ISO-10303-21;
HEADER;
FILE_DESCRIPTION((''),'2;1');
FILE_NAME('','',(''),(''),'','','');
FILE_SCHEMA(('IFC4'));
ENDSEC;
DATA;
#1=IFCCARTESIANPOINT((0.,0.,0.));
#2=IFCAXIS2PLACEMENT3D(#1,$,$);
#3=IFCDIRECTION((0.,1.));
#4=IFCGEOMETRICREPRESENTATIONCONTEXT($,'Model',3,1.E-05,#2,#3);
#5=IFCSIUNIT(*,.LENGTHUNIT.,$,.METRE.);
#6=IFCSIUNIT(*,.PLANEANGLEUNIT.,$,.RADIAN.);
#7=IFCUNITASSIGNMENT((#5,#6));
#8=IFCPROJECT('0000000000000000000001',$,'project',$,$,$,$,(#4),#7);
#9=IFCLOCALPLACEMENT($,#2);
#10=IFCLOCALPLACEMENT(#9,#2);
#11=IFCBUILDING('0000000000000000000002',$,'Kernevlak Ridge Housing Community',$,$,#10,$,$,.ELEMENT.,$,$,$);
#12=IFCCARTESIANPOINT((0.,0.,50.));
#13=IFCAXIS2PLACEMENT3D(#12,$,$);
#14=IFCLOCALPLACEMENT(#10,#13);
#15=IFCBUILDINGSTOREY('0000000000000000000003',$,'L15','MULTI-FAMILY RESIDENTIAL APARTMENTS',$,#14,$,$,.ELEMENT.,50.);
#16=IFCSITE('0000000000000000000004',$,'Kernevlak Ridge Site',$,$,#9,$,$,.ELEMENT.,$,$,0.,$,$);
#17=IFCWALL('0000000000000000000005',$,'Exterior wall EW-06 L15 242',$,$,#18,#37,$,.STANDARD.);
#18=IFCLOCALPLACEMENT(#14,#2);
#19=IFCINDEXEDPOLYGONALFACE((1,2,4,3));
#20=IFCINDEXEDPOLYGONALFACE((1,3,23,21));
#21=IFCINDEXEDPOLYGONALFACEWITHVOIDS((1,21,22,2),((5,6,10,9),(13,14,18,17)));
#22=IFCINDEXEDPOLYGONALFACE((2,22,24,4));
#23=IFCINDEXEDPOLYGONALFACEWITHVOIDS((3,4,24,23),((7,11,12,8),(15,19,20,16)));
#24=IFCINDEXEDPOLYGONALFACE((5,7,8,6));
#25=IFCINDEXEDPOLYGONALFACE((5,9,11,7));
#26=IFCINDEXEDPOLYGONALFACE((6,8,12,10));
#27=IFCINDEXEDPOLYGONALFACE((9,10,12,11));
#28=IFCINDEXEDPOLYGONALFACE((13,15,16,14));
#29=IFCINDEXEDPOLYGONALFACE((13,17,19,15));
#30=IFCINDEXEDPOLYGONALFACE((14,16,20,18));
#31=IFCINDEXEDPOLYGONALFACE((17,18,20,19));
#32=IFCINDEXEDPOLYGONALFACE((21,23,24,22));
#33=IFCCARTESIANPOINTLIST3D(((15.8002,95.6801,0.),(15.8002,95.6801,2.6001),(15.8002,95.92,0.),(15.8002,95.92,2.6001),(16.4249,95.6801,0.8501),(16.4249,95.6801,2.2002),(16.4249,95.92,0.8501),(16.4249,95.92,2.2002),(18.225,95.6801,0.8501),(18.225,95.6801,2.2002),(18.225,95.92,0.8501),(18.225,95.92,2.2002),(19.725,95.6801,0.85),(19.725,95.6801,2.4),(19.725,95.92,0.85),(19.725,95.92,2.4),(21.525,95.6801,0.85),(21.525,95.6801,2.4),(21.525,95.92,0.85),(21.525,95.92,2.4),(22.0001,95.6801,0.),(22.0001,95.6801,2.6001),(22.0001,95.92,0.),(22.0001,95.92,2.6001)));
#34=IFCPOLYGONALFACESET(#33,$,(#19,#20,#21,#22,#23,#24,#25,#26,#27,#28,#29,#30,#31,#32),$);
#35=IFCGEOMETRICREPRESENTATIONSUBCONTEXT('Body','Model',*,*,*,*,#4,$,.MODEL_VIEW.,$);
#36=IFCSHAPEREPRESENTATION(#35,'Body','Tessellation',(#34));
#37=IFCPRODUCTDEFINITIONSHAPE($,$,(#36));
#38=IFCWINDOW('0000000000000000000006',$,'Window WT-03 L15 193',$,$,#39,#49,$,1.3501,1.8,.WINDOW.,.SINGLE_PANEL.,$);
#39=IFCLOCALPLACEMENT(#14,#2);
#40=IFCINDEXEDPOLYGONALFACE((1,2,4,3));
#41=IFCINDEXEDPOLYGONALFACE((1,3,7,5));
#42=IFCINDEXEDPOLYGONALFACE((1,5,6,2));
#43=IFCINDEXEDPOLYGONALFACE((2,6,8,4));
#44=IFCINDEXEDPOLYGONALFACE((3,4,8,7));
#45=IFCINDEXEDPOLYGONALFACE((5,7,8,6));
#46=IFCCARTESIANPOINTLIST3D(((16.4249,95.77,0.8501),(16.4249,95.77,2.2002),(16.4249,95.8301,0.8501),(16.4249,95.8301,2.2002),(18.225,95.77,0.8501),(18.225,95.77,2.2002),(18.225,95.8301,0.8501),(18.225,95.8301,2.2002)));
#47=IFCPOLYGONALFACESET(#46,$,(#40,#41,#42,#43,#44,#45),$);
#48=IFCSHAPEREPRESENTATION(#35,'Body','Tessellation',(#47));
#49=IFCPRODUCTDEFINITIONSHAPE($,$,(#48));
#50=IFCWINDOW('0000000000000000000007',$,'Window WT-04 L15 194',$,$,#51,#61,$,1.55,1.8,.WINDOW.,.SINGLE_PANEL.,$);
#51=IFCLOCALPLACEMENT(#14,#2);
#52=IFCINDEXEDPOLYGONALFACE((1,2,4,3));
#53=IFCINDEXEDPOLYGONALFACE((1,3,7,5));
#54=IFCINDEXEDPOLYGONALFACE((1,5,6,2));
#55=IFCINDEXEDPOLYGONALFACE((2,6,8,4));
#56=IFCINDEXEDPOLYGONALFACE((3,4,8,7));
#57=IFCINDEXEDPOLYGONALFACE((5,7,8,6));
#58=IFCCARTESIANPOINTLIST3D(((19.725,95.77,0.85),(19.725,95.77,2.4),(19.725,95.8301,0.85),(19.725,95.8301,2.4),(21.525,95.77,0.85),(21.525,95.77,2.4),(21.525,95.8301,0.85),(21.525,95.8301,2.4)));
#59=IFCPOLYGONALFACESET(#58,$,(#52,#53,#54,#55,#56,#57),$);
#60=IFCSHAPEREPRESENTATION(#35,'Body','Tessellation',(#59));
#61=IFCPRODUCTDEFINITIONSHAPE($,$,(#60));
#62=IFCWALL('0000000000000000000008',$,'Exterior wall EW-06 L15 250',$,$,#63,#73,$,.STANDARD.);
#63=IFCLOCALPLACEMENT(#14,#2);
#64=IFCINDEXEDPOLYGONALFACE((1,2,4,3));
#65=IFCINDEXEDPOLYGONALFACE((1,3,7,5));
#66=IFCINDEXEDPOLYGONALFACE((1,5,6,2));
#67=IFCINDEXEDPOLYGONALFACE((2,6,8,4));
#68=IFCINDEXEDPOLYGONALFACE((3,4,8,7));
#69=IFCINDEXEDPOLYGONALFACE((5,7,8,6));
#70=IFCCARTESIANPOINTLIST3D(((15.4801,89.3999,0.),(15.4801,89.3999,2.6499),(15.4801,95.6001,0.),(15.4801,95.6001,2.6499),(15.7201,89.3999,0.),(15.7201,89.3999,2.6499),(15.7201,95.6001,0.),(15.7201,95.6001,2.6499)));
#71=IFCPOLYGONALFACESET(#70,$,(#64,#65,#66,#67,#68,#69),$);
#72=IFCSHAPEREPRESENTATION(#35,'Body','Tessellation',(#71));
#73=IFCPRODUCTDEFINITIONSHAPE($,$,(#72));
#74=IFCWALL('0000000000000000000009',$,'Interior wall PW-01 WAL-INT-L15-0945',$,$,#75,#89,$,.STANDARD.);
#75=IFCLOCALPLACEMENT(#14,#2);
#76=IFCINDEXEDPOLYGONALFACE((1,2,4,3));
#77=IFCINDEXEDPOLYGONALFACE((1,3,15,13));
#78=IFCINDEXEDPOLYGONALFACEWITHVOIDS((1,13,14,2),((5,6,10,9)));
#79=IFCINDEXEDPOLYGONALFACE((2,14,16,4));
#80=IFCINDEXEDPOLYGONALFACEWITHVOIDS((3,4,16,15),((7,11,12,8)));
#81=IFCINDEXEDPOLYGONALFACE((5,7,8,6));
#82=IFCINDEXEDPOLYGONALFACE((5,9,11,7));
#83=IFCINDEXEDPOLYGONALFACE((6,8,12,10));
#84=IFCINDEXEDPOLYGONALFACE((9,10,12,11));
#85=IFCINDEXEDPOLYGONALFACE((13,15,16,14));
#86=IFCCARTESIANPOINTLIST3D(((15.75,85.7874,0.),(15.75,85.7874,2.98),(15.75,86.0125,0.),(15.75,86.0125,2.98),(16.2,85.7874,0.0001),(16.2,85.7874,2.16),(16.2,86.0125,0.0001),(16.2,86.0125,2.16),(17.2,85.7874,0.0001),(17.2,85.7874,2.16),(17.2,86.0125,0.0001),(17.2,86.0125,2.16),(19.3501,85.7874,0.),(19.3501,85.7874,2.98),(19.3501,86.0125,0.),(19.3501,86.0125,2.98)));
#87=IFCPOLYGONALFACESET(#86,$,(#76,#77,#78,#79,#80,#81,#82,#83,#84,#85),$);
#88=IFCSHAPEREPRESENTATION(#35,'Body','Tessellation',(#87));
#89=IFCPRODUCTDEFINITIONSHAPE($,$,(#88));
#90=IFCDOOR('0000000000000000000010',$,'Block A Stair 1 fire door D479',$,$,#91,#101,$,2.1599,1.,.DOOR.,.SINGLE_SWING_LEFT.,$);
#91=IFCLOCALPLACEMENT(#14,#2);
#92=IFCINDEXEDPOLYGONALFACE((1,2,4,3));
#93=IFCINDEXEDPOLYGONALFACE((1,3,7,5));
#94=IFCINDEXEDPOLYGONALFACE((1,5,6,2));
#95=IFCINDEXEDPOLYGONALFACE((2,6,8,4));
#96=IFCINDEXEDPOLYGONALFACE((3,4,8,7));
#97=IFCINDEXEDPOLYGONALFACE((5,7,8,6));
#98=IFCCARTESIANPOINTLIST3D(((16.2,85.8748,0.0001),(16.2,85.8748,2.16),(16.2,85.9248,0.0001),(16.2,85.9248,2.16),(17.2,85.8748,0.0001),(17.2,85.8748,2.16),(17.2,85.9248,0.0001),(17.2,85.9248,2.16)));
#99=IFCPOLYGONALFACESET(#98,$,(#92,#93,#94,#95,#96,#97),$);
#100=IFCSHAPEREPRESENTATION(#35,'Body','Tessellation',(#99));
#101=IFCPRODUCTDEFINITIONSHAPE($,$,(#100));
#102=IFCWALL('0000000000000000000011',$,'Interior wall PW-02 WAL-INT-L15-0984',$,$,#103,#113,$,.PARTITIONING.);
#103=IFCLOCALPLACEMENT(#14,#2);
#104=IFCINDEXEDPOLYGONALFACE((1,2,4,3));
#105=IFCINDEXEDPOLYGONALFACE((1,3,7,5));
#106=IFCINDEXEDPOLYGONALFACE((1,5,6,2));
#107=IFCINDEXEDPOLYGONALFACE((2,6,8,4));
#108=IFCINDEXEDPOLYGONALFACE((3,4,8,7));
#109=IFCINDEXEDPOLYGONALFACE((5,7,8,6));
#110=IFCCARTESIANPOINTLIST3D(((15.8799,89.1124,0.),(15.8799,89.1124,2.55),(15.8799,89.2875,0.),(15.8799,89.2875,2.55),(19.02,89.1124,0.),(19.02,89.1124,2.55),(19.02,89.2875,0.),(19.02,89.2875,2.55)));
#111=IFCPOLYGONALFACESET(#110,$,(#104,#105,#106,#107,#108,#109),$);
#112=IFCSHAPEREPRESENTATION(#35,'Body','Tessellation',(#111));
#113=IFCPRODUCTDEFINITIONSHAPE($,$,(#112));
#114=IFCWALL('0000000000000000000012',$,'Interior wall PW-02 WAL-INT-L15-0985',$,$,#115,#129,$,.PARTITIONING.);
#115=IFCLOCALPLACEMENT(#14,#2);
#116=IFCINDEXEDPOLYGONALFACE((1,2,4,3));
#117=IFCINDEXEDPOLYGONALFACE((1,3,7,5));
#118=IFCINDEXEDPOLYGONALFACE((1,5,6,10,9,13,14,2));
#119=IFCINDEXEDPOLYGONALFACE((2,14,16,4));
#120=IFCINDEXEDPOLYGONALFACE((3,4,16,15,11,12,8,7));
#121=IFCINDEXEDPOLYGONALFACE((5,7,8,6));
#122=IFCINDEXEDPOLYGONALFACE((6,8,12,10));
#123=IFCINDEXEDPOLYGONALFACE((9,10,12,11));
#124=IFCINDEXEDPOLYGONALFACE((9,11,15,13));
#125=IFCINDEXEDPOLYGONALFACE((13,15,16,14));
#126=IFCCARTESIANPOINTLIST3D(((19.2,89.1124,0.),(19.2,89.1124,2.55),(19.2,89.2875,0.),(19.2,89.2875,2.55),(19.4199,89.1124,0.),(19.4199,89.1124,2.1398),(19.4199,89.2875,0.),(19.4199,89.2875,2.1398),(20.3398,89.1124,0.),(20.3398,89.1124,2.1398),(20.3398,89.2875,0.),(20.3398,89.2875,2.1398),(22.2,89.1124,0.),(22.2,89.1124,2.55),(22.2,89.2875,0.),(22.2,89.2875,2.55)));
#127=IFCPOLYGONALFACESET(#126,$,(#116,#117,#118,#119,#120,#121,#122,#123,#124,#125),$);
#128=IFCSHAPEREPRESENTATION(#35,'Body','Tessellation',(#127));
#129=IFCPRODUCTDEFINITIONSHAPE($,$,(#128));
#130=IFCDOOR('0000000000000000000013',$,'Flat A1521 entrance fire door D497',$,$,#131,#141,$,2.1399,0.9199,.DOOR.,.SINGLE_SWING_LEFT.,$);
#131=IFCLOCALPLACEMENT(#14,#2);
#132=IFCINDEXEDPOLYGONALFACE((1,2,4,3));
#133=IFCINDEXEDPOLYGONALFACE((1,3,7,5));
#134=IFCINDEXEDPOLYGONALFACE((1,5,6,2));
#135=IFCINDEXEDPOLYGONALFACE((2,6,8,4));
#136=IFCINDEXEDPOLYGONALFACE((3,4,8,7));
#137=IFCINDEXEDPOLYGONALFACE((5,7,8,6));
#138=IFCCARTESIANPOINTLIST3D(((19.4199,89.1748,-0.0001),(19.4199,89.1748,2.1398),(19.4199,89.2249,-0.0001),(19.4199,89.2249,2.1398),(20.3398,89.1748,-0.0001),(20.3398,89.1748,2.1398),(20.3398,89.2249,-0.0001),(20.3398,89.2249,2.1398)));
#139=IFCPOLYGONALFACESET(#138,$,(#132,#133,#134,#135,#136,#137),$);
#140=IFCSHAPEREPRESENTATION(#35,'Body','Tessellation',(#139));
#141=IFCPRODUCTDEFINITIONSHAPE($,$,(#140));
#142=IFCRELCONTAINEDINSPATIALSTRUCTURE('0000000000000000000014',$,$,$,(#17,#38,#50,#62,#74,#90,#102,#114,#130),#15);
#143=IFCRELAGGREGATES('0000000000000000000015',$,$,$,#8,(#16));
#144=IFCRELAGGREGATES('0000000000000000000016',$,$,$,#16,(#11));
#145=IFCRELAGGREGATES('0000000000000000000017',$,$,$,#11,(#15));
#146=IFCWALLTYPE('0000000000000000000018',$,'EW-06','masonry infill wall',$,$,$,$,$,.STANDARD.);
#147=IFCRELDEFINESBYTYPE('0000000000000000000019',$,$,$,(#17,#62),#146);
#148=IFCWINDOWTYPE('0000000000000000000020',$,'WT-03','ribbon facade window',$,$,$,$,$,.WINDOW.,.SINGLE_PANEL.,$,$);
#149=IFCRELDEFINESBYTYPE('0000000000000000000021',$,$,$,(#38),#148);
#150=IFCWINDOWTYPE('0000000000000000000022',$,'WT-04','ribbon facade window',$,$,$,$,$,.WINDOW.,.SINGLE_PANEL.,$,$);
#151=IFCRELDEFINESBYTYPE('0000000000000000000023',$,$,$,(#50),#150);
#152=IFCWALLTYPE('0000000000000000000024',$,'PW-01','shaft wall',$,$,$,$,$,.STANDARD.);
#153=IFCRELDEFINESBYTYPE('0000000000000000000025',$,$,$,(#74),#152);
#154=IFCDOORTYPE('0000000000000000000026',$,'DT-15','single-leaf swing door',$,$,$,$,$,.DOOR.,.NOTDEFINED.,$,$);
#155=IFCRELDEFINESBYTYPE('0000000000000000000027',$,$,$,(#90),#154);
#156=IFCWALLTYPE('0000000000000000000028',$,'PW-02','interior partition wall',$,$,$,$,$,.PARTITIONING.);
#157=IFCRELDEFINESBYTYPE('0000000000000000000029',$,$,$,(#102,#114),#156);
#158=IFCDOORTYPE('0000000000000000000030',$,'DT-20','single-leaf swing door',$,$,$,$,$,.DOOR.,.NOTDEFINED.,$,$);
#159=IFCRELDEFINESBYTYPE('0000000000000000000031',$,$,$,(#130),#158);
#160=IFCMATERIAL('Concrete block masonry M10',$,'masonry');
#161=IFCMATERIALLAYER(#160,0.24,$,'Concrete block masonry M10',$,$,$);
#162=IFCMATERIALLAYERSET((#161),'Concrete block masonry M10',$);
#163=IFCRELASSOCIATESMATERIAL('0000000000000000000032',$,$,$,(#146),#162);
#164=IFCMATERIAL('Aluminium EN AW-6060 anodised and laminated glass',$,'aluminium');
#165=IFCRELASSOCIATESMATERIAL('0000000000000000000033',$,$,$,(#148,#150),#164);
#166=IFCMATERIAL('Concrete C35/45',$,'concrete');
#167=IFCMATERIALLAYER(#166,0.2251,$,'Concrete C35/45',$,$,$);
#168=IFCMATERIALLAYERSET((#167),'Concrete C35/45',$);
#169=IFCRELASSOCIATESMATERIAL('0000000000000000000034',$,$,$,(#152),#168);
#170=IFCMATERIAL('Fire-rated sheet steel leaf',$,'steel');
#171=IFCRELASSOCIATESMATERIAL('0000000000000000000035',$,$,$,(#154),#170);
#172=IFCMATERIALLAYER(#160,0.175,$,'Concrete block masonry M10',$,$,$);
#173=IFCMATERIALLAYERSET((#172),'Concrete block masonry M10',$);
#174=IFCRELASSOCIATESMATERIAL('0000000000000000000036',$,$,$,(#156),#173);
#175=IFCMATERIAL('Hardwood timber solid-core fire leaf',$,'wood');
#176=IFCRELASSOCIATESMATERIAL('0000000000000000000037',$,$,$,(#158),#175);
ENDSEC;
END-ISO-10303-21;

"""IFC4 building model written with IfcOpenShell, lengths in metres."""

from ifc_helpers import new_model, si_unit, direction, frame, frame_2d, origin, place, context, subcontext, project, spatial, rectangle, extrude, material, layer, layer_set, type_object, element, fill, save


model = new_model("IFC4")

# Units and contexts
model_context = context("Model", 3, precision=1e-05, world=origin(), true_north=direction((0.0, 1.0)))
body_context = subcontext(model_context, "Body", "Model", "MODEL_VIEW")
ifc_project = project(units=[si_unit("LENGTHUNIT", "METRE"), si_unit("PLANEANGLEUNIT", "RADIAN")], contexts=[model_context])

# Site, building, storey
site_placement = place(None, origin())
site = spatial("IfcSite", under=ifc_project, at=site_placement, Name="Kernevlak Ridge Site", CompositionType="ELEMENT", RefElevation=0.0)
building_placement = place(site_placement, origin())
building = spatial("IfcBuilding", under=site, at=building_placement, Name="Kernevlak Ridge Housing Community", CompositionType="ELEMENT")
storey_placement = place(building_placement, frame((0.0, 0.0, 50.0)))
storey = spatial("IfcBuildingStorey", under=building, at=storey_placement, Name="L15", Description="MULTI-FAMILY RESIDENTIAL APARTMENTS", CompositionType="ELEMENT", Elevation=50.0)

# Shared definitions
ifc_material_1 = material(Name="Concrete C35/45", Category="concrete")

# Shared definitions
ifc_material_2 = material(Name="Aluminium EN AW-6060 anodised and laminated glass", Category="aluminium")

# Wall, openings, windows
ifc_material_3 = material(Name="Concrete block masonry M10", Category="masonry")
ifc_layer_1 = layer(ifc_material_3, 0.24, Name="Concrete block masonry M10")
ifc_layer_set_1 = layer_set([ifc_layer_1], Name="Concrete block masonry M10")
wall_type_1 = type_object("IfcWallType", Name="EW-06", Description="masonry infill wall", PredefinedType="STANDARD", material=ifc_layer_set_1)
wall_1_placement = place(storey_placement, frame((15.8, 95.8, 0.0), z_axis=(0.0, 0.0, 1.0), x_axis=(1.0, 0.0, 0.0)))
wall_1 = element("IfcWall", 1, at=wall_1_placement, inside=storey, type_object=wall_type_1, Name="Exterior wall EW-06 L15 242", PredefinedType="STANDARD", context=body_context, shape_type="SweptSolid", body=[
    extrude(rectangle(XDim=6.2, YDim=0.24, at=frame_2d((3.1001, 0.0))), origin(), (0.0, 0.0, 1.0), 2.6001),
])
opening_1_placement = place(wall_1_placement, frame((0.625, 0.0, 0.8501)))
opening_1 = element("IfcOpeningElement", 2, at=opening_1_placement, cuts=wall_1, PredefinedType="OPENING", context=body_context, shape_type="SweptSolid", body=[
    extrude(rectangle(XDim=1.8, YDim=1.3501, at=frame_2d((0.8999, 0.675))), frame((0.0, 0.1299, 0.0), z_axis=(0.0, -1.0, 0.0), x_axis=(1.0, 0.0, 0.0)), (0.0, 0.0, 1.0), 0.26),
])
opening_2_placement = place(wall_1_placement, frame((3.925, 0.0, 0.8501)))
opening_2 = element("IfcOpeningElement", 3, at=opening_2_placement, cuts=wall_1, PredefinedType="OPENING", context=body_context, shape_type="SweptSolid", body=[
    extrude(rectangle(XDim=1.8, YDim=1.55, at=frame_2d((0.8999, 0.7749))), frame((0.0, 0.1299, 0.0), z_axis=(0.0, -1.0, 0.0), x_axis=(1.0, 0.0, 0.0)), (0.0, 0.0, 1.0), 0.26),
])
window_type_1 = type_object("IfcWindowType", Name="WT-03", Description="ribbon facade window", PartitioningType="SINGLE_PANEL", PredefinedType="WINDOW", material=ifc_material_2)
window_1_placement = place(opening_1_placement, origin())
window_1 = element("IfcWindow", 4, at=window_1_placement, inside=storey, type_object=window_type_1, Name="Window WT-03 L15 193", OverallHeight=1.3501, OverallWidth=1.8, PartitioningType="SINGLE_PANEL", PredefinedType="WINDOW", context=body_context, shape_type="SweptSolid", body=[
    extrude(rectangle(XDim=1.8, YDim=1.3501, at=frame_2d((0.8999, 0.675))), frame((0.0, 0.03, 0.0), z_axis=(0.0, -1.0, 0.0), x_axis=(1.0, 0.0, 0.0)), (0.0, 0.0, 1.0), 0.0601),
])
fill(opening_1, window_1)
window_type_2 = type_object("IfcWindowType", Name="WT-04", Description="ribbon facade window", PartitioningType="SINGLE_PANEL", PredefinedType="WINDOW", material=ifc_material_2)
window_2_placement = place(opening_2_placement, origin())
window_2 = element("IfcWindow", 5, at=window_2_placement, inside=storey, type_object=window_type_2, Name="Window WT-04 L15 194", OverallHeight=1.55, OverallWidth=1.8, PartitioningType="SINGLE_PANEL", PredefinedType="WINDOW", context=body_context, shape_type="SweptSolid", body=[
    extrude(rectangle(XDim=1.8, YDim=1.55, at=frame_2d((0.8999, 0.7749))), frame((0.0, 0.03, 0.0), z_axis=(0.0, -1.0, 0.0), x_axis=(1.0, 0.0, 0.0)), (0.0, 0.0, 1.0), 0.0601),
])
fill(opening_2, window_2)

# Wall
wall_2_placement = place(storey_placement, frame((15.6001, 89.3999, 0.0), z_axis=(0.0, 0.0, 1.0), x_axis=(0.0, 1.0, 0.0)))
element("IfcWall", 6, at=wall_2_placement, inside=storey, type_object=wall_type_1, Name="Exterior wall EW-06 L15 250", PredefinedType="STANDARD", context=body_context, shape_type="SweptSolid", body=[
    extrude(rectangle(XDim=6.2002, YDim=0.24, at=frame_2d((3.1001, 0.0))), origin(), (0.0, 0.0, 1.0), 2.6499),
])

# Wall, opening, door
ifc_layer_2 = layer(ifc_material_1, 0.2251, Name="Concrete C35/45")
ifc_layer_set_2 = layer_set([ifc_layer_2], Name="Concrete C35/45")
wall_type_2 = type_object("IfcWallType", Name="PW-01", Description="shaft wall", PredefinedType="STANDARD", material=ifc_layer_set_2)
wall_3_placement = place(storey_placement, frame((15.75, 85.8999, 0.0), z_axis=(0.0, 0.0, 1.0), x_axis=(1.0, 0.0, 0.0)))
wall_3 = element("IfcWall", 7, at=wall_3_placement, inside=storey, type_object=wall_type_2, Name="Interior wall PW-01 WAL-INT-L15-0945", PredefinedType="STANDARD", context=body_context, shape_type="SweptSolid", body=[
    extrude(rectangle(XDim=3.6001, YDim=0.2251, at=frame_2d((1.8, 0.0))), origin(), (0.0, 0.0, 1.0), 2.98),
])
opening_3_placement = place(wall_3_placement, frame((0.45, 0.0, 0.0)))
opening_3 = element("IfcOpeningElement", 8, at=opening_3_placement, cuts=wall_3, PredefinedType="OPENING", context=body_context, shape_type="SweptSolid", body=[
    extrude(rectangle(XDim=1.0, YDim=2.1599, at=frame_2d((0.5, 1.0801))), frame((0.0, 0.1226, 0.0), z_axis=(0.0, -1.0, 0.0), x_axis=(1.0, 0.0, 0.0)), (0.0, 0.0, 1.0), 0.2451),
])
ifc_material_4 = material(Name="Fire-rated sheet steel leaf", Category="steel")
door_type_1 = type_object("IfcDoorType", Name="DT-15", Description="single-leaf swing door", OperationType="NOTDEFINED", PredefinedType="DOOR", material=ifc_material_4)
door_1_placement = place(opening_3_placement, origin())
door_1 = element("IfcDoor", 9, at=door_1_placement, inside=storey, type_object=door_type_1, Name="Block A Stair 1 fire door D479", OperationType="SINGLE_SWING_LEFT", OverallHeight=2.1599, OverallWidth=1.0, PredefinedType="DOOR", context=body_context, shape_type="SweptSolid", body=[
    extrude(rectangle(XDim=1.0, YDim=2.1599, at=frame_2d((0.5, 1.0801))), frame((0.0, 0.0249, 0.0), z_axis=(0.0, -1.0, 0.0), x_axis=(1.0, 0.0, 0.0)), (0.0, 0.0, 1.0), 0.05),
])
fill(opening_3, door_1)
ifc_layer_3 = layer(ifc_material_3, 0.175, Name="Concrete block masonry M10")
ifc_layer_set_3 = layer_set([ifc_layer_3], Name="Concrete block masonry M10")
wall_type_3 = type_object("IfcWallType", Name="PW-02", Description="interior partition wall", PredefinedType="PARTITIONING", material=ifc_layer_set_3)

# Wall
wall_4_placement = place(storey_placement, frame((15.8799, 89.2, 0.0), z_axis=(0.0, 0.0, 1.0), x_axis=(1.0, 0.0, 0.0)))
element("IfcWall", 10, at=wall_4_placement, inside=storey, type_object=wall_type_3, Name="Interior wall PW-02 WAL-INT-L15-0984", PredefinedType="PARTITIONING", context=body_context, shape_type="SweptSolid", body=[
    extrude(rectangle(XDim=3.1401, YDim=0.175, at=frame_2d((1.5701, 0.0))), origin(), (0.0, 0.0, 1.0), 2.55),
])

# Wall, opening, door
wall_5_placement = place(storey_placement, frame((19.2, 89.2, 0.0), z_axis=(0.0, 0.0, 1.0), x_axis=(1.0, 0.0, 0.0)))
wall_5 = element("IfcWall", 11, at=wall_5_placement, inside=storey, type_object=wall_type_3, Name="Interior wall PW-02 WAL-INT-L15-0985", PredefinedType="PARTITIONING", context=body_context, shape_type="SweptSolid", body=[
    extrude(rectangle(XDim=3.0, YDim=0.175, at=frame_2d((1.5, 0.0))), origin(), (0.0, 0.0, 1.0), 2.55),
])
opening_4_placement = place(wall_5_placement, frame((0.22, 0.0, 0.0)))
opening_4 = element("IfcOpeningElement", 12, at=opening_4_placement, cuts=wall_5, PredefinedType="OPENING", context=body_context, shape_type="SweptSolid", body=[
    extrude(rectangle(XDim=0.9199, YDim=2.1399, at=frame_2d((0.46, 1.0698))), frame((0.0, 0.0974, 0.0), z_axis=(0.0, -1.0, 0.0), x_axis=(1.0, 0.0, 0.0)), (0.0, 0.0, 1.0), 0.1951),
])
ifc_material_5 = material(Name="Hardwood timber solid-core fire leaf", Category="wood")
door_type_2 = type_object("IfcDoorType", Name="DT-20", Description="single-leaf swing door", OperationType="NOTDEFINED", PredefinedType="DOOR", material=ifc_material_5)
door_2_placement = place(opening_4_placement, origin())
door_2 = element("IfcDoor", 13, at=door_2_placement, inside=storey, type_object=door_type_2, Name="Flat A1521 entrance fire door D497", OperationType="SINGLE_SWING_LEFT", OverallHeight=2.1399, OverallWidth=0.9199, PredefinedType="DOOR", context=body_context, shape_type="SweptSolid", body=[
    extrude(rectangle(XDim=0.9199, YDim=2.1399, at=frame_2d((0.46, 1.0698))), frame((0.0, 0.0249, 0.0), z_axis=(0.0, -1.0, 0.0), x_axis=(1.0, 0.0, 0.0)), (0.0, 0.0, 1.0), 0.05),
])
fill(opening_4, door_2)

save(model, "model.ifc")
